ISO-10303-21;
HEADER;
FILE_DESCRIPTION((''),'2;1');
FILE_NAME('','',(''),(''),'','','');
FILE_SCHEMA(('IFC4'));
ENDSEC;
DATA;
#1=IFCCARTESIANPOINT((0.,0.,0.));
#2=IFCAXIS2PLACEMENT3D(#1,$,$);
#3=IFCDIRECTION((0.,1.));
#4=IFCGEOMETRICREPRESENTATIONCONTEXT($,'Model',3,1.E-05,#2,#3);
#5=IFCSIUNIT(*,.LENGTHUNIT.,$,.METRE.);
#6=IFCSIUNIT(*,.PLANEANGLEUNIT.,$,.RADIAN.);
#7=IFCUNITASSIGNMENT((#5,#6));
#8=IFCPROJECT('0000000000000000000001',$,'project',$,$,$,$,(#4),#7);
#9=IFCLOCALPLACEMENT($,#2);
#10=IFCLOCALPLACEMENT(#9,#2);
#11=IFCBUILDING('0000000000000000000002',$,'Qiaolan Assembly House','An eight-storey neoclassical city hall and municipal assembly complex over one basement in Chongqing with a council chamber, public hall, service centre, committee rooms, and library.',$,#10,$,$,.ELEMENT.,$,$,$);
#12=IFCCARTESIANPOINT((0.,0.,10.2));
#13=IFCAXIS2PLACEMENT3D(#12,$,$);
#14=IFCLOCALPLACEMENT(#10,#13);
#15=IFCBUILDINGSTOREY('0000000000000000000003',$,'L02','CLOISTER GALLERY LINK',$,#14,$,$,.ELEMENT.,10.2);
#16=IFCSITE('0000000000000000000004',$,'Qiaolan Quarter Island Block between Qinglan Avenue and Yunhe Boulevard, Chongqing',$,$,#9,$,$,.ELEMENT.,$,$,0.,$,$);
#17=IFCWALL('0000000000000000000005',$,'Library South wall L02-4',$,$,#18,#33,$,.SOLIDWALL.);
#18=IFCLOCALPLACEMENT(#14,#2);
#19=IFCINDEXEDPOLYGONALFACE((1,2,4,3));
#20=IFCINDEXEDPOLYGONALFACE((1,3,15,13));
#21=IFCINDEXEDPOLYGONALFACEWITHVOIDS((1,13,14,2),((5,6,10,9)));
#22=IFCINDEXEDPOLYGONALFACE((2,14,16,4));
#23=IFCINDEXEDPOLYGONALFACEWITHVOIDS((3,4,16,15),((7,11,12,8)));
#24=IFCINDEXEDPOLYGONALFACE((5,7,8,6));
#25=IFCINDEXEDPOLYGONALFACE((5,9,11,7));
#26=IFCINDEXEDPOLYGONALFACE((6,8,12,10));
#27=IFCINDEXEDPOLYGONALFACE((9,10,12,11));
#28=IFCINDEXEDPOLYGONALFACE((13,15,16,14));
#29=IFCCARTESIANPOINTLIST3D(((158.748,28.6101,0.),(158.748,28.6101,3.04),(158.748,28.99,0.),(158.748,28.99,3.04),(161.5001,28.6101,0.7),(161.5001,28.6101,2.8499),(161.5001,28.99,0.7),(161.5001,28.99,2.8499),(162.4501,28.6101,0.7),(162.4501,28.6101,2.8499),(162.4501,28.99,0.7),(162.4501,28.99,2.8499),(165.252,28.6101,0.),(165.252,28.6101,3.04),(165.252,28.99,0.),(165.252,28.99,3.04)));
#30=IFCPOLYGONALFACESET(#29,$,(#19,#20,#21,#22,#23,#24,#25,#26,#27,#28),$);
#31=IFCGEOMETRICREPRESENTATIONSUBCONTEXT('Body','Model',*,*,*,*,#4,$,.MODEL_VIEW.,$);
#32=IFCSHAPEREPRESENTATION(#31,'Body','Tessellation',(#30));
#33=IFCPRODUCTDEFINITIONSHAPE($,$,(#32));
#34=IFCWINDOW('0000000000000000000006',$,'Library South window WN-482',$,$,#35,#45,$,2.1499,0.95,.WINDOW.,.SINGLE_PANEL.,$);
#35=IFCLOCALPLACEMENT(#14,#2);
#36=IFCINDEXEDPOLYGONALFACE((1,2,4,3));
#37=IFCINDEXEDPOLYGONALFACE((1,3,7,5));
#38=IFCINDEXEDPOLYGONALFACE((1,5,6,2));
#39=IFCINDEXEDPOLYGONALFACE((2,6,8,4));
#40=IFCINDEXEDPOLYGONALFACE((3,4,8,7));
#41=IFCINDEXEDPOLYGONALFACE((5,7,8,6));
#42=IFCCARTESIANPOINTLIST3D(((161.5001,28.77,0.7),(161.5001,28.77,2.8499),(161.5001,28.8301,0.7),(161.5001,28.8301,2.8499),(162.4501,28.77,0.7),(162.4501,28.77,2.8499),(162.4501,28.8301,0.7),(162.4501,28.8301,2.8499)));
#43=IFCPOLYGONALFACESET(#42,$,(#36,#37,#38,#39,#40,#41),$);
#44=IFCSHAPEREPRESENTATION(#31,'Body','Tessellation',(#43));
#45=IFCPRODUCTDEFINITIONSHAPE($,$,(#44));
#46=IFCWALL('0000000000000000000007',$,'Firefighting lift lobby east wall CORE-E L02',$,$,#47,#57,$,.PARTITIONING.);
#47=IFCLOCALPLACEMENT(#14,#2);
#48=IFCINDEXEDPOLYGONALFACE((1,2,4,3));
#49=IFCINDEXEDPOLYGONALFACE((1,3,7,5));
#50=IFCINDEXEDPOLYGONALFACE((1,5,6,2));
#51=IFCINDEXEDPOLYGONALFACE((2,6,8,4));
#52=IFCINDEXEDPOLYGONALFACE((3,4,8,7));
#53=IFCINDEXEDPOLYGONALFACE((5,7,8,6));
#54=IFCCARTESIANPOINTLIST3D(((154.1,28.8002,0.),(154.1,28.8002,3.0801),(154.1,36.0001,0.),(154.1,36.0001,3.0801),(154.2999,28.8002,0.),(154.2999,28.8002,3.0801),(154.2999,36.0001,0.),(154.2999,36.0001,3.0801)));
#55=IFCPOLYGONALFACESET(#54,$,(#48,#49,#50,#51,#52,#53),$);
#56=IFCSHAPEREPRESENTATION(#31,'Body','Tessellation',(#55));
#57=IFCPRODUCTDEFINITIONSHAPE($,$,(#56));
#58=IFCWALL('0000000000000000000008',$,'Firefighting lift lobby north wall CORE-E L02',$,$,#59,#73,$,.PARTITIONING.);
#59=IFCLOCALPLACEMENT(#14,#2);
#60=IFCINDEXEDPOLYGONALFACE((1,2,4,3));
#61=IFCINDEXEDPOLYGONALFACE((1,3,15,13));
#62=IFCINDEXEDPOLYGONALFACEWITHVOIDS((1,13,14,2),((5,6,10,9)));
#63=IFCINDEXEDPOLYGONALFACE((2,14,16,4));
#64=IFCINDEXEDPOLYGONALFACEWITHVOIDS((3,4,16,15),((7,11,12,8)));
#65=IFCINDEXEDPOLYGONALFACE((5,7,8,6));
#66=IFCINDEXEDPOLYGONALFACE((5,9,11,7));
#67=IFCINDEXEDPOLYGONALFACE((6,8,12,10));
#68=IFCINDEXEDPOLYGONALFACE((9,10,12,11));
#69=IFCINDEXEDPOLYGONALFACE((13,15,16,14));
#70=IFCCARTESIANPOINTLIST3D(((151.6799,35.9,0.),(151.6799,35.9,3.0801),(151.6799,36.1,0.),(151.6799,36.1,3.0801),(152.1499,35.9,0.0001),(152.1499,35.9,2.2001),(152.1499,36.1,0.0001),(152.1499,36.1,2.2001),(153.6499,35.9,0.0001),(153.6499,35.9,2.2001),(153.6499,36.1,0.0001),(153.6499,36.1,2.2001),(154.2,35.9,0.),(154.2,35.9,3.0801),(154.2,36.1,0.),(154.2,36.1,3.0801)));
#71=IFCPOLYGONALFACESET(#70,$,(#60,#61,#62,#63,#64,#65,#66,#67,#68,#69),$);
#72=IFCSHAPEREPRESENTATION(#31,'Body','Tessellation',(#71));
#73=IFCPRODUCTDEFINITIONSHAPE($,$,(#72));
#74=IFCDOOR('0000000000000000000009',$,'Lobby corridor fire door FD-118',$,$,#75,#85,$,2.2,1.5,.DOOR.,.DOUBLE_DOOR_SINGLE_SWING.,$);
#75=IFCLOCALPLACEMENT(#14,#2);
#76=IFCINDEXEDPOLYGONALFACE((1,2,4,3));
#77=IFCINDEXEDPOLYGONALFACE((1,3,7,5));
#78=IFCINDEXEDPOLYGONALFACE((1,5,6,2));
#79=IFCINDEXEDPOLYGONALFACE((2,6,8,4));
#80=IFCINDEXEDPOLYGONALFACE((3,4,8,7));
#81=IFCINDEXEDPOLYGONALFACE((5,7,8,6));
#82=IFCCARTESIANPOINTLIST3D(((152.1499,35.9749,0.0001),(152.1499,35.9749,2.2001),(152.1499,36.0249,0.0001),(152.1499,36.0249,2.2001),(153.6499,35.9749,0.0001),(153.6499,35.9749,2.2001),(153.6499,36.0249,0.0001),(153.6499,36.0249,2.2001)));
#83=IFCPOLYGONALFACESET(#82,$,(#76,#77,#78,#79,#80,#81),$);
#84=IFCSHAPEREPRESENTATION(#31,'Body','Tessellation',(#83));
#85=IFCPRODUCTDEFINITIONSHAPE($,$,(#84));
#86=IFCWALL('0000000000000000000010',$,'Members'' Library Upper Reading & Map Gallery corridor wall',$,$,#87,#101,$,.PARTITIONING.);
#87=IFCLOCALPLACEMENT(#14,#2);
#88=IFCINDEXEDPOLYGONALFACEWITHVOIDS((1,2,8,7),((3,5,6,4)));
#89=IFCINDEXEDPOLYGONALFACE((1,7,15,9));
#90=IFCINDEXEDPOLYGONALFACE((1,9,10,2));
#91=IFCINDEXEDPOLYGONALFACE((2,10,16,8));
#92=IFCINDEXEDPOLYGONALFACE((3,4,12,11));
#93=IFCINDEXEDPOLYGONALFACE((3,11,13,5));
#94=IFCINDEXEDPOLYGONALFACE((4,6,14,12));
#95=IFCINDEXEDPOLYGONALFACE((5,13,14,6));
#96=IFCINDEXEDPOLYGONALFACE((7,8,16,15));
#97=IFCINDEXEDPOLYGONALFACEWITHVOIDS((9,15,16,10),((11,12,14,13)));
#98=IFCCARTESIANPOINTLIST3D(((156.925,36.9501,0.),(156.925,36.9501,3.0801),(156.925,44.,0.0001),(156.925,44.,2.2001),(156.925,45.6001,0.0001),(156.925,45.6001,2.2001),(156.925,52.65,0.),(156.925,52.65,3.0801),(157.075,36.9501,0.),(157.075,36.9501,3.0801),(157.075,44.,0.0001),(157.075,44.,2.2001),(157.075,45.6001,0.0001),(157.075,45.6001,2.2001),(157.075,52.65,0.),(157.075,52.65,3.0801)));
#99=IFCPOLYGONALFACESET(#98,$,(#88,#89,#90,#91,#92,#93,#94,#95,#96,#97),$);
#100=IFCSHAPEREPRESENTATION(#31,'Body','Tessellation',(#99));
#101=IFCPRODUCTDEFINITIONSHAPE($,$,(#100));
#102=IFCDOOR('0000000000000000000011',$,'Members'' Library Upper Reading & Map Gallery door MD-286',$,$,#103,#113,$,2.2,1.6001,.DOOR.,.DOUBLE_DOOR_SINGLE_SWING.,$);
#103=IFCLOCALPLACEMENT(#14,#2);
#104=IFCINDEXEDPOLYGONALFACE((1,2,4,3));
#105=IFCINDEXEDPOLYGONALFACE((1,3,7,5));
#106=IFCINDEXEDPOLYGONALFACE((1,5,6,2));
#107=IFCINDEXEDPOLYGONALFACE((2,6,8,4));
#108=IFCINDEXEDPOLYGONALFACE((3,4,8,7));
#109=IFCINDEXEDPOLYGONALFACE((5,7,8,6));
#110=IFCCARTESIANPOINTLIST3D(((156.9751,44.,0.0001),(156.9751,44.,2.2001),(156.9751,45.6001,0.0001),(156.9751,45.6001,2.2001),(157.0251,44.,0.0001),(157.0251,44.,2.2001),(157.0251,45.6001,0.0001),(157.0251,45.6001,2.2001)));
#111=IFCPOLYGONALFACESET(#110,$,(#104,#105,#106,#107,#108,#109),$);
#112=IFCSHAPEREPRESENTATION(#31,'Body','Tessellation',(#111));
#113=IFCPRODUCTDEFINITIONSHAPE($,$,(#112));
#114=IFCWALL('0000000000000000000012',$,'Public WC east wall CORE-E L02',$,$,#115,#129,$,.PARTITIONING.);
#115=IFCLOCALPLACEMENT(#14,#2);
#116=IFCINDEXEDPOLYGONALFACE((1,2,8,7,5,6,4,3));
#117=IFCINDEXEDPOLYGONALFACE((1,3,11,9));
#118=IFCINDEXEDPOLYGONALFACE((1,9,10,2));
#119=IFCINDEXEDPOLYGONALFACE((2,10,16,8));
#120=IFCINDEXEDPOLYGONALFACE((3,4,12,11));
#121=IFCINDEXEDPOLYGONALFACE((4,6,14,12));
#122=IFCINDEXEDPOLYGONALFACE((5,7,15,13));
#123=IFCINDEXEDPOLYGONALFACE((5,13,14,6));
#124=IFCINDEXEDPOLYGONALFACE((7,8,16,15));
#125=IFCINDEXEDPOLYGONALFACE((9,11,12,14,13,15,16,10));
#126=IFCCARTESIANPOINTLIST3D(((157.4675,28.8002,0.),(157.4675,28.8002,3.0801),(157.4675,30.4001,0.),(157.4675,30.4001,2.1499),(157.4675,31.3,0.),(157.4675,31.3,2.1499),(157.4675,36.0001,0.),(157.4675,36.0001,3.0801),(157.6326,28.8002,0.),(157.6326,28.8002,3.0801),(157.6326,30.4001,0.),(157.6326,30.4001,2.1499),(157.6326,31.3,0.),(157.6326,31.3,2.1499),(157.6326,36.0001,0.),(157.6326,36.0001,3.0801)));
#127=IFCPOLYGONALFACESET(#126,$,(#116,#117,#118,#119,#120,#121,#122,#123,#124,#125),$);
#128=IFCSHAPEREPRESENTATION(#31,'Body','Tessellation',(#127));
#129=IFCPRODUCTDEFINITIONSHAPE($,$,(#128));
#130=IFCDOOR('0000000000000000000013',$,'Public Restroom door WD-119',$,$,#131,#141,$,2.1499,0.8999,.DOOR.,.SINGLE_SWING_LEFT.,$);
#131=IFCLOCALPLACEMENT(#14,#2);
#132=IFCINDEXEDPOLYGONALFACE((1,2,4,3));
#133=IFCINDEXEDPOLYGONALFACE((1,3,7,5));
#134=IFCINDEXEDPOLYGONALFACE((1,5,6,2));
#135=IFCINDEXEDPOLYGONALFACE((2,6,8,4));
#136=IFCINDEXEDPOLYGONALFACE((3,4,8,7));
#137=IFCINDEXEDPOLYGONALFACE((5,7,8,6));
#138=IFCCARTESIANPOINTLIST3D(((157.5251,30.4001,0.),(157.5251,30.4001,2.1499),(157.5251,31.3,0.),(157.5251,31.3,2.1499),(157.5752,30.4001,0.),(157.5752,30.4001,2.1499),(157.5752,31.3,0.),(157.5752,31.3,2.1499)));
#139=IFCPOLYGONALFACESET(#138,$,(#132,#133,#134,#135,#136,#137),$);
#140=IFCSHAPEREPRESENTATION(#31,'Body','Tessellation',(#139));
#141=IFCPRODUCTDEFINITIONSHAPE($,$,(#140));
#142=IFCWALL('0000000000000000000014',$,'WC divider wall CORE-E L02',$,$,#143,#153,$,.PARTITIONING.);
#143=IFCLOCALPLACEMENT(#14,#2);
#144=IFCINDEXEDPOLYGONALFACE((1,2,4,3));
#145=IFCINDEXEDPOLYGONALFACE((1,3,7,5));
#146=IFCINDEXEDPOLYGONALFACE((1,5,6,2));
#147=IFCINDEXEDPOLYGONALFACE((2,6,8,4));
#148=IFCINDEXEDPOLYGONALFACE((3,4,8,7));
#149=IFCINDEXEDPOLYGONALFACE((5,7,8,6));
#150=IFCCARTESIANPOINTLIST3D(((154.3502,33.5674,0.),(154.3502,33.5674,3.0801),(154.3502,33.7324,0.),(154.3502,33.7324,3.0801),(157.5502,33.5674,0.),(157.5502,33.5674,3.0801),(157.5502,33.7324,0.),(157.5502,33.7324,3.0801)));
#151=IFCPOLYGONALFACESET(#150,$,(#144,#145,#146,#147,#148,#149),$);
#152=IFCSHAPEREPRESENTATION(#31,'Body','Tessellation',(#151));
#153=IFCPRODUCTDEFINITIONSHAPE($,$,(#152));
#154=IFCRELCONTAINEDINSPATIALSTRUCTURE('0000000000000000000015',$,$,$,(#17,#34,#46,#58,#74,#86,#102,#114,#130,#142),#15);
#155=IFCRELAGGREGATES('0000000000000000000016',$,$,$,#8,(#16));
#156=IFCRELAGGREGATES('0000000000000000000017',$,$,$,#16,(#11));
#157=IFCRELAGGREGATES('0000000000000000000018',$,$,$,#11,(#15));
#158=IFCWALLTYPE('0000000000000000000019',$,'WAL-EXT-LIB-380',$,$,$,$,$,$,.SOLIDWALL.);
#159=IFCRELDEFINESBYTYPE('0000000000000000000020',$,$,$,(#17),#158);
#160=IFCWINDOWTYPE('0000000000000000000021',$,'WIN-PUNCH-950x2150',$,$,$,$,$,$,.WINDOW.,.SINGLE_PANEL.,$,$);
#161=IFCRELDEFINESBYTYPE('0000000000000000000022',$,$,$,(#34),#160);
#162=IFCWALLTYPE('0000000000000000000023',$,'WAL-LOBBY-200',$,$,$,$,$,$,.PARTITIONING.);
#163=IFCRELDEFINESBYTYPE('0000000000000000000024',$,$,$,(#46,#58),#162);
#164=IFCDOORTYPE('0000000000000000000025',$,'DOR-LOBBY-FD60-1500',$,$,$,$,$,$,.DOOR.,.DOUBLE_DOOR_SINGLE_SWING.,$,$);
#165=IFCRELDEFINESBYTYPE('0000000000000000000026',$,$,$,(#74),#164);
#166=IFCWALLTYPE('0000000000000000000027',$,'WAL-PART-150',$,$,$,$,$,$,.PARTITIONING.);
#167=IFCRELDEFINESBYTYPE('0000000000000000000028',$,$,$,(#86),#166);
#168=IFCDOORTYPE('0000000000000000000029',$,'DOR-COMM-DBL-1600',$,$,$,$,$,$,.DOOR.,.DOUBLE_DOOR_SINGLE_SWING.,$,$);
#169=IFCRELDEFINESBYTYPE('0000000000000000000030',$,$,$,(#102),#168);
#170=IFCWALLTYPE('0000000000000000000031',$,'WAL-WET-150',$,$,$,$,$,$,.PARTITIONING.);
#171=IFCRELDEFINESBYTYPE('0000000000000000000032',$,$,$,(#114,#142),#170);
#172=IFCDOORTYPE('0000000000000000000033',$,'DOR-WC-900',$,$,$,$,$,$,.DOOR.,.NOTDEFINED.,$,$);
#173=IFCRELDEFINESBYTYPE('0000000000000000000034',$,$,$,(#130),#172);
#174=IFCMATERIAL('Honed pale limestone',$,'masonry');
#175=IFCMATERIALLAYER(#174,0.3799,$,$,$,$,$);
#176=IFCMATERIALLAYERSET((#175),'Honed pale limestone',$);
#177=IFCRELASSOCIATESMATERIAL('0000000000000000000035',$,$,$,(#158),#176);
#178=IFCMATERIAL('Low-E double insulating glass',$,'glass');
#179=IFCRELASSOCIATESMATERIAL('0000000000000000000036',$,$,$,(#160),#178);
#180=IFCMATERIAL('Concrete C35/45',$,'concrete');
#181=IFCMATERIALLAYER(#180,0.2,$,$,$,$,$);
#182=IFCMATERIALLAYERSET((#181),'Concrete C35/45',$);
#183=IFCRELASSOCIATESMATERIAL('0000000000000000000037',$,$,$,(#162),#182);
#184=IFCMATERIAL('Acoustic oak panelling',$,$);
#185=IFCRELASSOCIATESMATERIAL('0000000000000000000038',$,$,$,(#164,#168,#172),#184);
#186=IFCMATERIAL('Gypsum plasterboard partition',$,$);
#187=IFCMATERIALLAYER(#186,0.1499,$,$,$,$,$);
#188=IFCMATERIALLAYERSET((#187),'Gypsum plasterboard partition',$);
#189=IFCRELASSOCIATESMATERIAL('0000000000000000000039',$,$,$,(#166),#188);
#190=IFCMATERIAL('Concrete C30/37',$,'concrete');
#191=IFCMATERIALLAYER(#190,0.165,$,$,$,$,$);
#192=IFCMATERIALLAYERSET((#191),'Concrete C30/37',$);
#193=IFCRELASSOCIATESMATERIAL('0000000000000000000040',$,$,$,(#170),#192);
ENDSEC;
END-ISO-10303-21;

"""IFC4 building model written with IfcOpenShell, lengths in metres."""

from ifc_helpers import new_model, si_unit, direction, frame, frame_2d, origin, place, context, subcontext, project, spatial, rectangle, extrude, material, layer, layer_set, type_object, element, fill, save


model = new_model("IFC4")

# Units and contexts
model_context = context("Model", 3, precision=1e-05, world=origin(), true_north=direction((0.0, 1.0)))
body_context = subcontext(model_context, "Body", "Model", "MODEL_VIEW")
ifc_project = project(units=[si_unit("LENGTHUNIT", "METRE"), si_unit("PLANEANGLEUNIT", "RADIAN")], contexts=[model_context])

# Site, building, storey
site_placement = place(None, origin())
site = spatial("IfcSite", under=ifc_project, at=site_placement, Name="Qiaolan Quarter Island Block between Qinglan Avenue and Yunhe Boulevard, Chongqing", CompositionType="ELEMENT", RefElevation=0.0)
building_placement = place(site_placement, origin())
building = spatial("IfcBuilding", under=site, at=building_placement, Name="Qiaolan Assembly House", Description="An eight-storey neoclassical city hall and municipal assembly complex over one basement in Chongqing with a council chamber, public hall, service centre, committee rooms, and library.", CompositionType="ELEMENT")
storey_placement = place(building_placement, frame((0.0, 0.0, 10.2)))
storey = spatial("IfcBuildingStorey", under=building, at=storey_placement, Name="L02", Description="CLOISTER GALLERY LINK", CompositionType="ELEMENT", Elevation=10.2)

# Wall, opening, window
ifc_material_1 = material(Name="Honed pale limestone", Category="masonry")
ifc_layer_1 = layer(ifc_material_1, 0.3799)
ifc_layer_set_1 = layer_set([ifc_layer_1], Name="Honed pale limestone")
wall_type_1 = type_object("IfcWallType", Name="WAL-EXT-LIB-380", PredefinedType="SOLIDWALL", material=ifc_layer_set_1)
wall_1_placement = place(storey_placement, frame((158.748, 28.8, 0.0), z_axis=(0.0, 0.0, 1.0), x_axis=(1.0, 0.0, 0.0)))
wall_1 = element("IfcWall", 1, at=wall_1_placement, inside=storey, type_object=wall_type_1, Name="Library South wall L02-4", PredefinedType="SOLIDWALL", context=body_context, shape_type="SweptSolid", body=[
    extrude(rectangle(XDim=6.5039, YDim=0.3799, at=frame_2d((3.252, 0.0))), origin(), (0.0, 0.0, 1.0), 3.04),
])
opening_1_placement = place(wall_1_placement, frame((2.752, 0.0, 0.7)))
opening_1 = element("IfcOpeningElement", 2, at=opening_1_placement, cuts=wall_1, PredefinedType="OPENING", context=body_context, shape_type="SweptSolid", body=[
    extrude(rectangle(XDim=0.95, YDim=2.1499, at=frame_2d((0.4751, 1.075))), frame((0.0, 0.2, 0.0), z_axis=(0.0, -1.0, 0.0), x_axis=(1.0, 0.0, 0.0)), (0.0, 0.0, 1.0), 0.3999),
])
ifc_material_2 = material(Name="Low-E double insulating glass", Category="glass")
window_type = type_object("IfcWindowType", Name="WIN-PUNCH-950x2150", PartitioningType="SINGLE_PANEL", PredefinedType="WINDOW", material=ifc_material_2)
window_placement = place(opening_1_placement, origin())
window = element("IfcWindow", 3, at=window_placement, inside=storey, type_object=window_type, Name="Library South window WN-482", OverallHeight=2.1499, OverallWidth=0.95, PartitioningType="SINGLE_PANEL", PredefinedType="WINDOW", context=body_context, shape_type="SweptSolid", body=[
    extrude(rectangle(XDim=0.95, YDim=2.1499, at=frame_2d((0.4751, 1.075))), frame((0.0, 0.03, 0.0), z_axis=(0.0, -1.0, 0.0), x_axis=(1.0, 0.0, 0.0)), (0.0, 0.0, 1.0), 0.0601),
])
fill(opening_1, window)

# Wall
ifc_material_3 = material(Name="Concrete C35/45", Category="concrete")
ifc_layer_2 = layer(ifc_material_3, 0.2)
ifc_layer_set_2 = layer_set([ifc_layer_2], Name="Concrete C35/45")
wall_type_2 = type_object("IfcWallType", Name="WAL-LOBBY-200", PredefinedType="PARTITIONING", material=ifc_layer_set_2)
wall_2_placement = place(storey_placement, frame((154.2, 28.8, 0.0), z_axis=(0.0, 0.0, 1.0), x_axis=(0.0, 1.0, 0.0)))
element("IfcWall", 4, at=wall_2_placement, inside=storey, type_object=wall_type_2, Name="Firefighting lift lobby east wall CORE-E L02", PredefinedType="PARTITIONING", context=body_context, shape_type="SweptSolid", body=[
    extrude(rectangle(XDim=7.2, YDim=0.2, at=frame_2d((3.6001, 0.0))), origin(), (0.0, 0.0, 1.0), 3.0801),
])

# Walls, openings, doors
wall_3_placement = place(storey_placement, frame((154.2, 36.0, 0.0), z_axis=(0.0, 0.0, 1.0), x_axis=(-1.0, 0.0, 0.0)))
wall_3 = element("IfcWall", 5, at=wall_3_placement, inside=storey, type_object=wall_type_2, Name="Firefighting lift lobby north wall CORE-E L02", PredefinedType="PARTITIONING", context=body_context, shape_type="SweptSolid", body=[
    extrude(rectangle(XDim=2.52, YDim=0.2, at=frame_2d((1.26, 0.0))), origin(), (0.0, 0.0, 1.0), 3.0801),
])
opening_2_placement = place(wall_3_placement, frame((0.55, 0.0, 0.0)))
opening_2 = element("IfcOpeningElement", 6, at=opening_2_placement, cuts=wall_3, PredefinedType="OPENING", context=body_context, shape_type="SweptSolid", body=[
    extrude(rectangle(XDim=1.5, YDim=2.2, at=frame_2d((0.75, 1.1001))), frame((0.0, 0.1099, 0.0), z_axis=(0.0, -1.0, 0.0), x_axis=(1.0, 0.0, 0.0)), (0.0, 0.0, 1.0), 0.22),
])
ifc_material_4 = material(Name="Acoustic oak panelling")
door_type_1 = type_object("IfcDoorType", Name="DOR-LOBBY-FD60-1500", OperationType="DOUBLE_DOOR_SINGLE_SWING", PredefinedType="DOOR", material=ifc_material_4)
door_1_placement = place(opening_2_placement, frame((1.5, 0.0, 0.0), z_axis=(0.0, 0.0, 1.0), x_axis=(-1.0, 0.0, 0.0)))
door_1 = element("IfcDoor", 7, at=door_1_placement, inside=storey, type_object=door_type_1, Name="Lobby corridor fire door FD-118", OperationType="DOUBLE_DOOR_SINGLE_SWING", OverallHeight=2.2, OverallWidth=1.5, PredefinedType="DOOR", context=body_context, shape_type="SweptSolid", body=[
    extrude(rectangle(XDim=1.5, YDim=2.2, at=frame_2d((0.75, 1.1001))), frame((0.0, 0.0249, 0.0), z_axis=(0.0, -1.0, 0.0), x_axis=(1.0, 0.0, 0.0)), (0.0, 0.0, 1.0), 0.05),
])
fill(opening_2, door_1)
ifc_material_5 = material(Name="Gypsum plasterboard partition")
ifc_layer_3 = layer(ifc_material_5, 0.1499)
ifc_layer_set_3 = layer_set([ifc_layer_3], Name="Gypsum plasterboard partition")
wall_type_3 = type_object("IfcWallType", Name="WAL-PART-150", PredefinedType="PARTITIONING", material=ifc_layer_set_3)
wall_4_placement = place(storey_placement, frame((157.0, 36.95, 0.0), z_axis=(0.0, 0.0, 1.0), x_axis=(0.0, 1.0, 0.0)))
wall_4 = element("IfcWall", 8, at=wall_4_placement, inside=storey, type_object=wall_type_3, Name="Members' Library Upper Reading & Map Gallery corridor wall", PredefinedType="PARTITIONING", context=body_context, shape_type="SweptSolid", body=[
    extrude(rectangle(XDim=15.7, YDim=0.1499, at=frame_2d((7.8501, 0.0))), origin(), (0.0, 0.0, 1.0), 3.0801),
])
opening_3_placement = place(wall_4_placement, frame((7.05, 0.0, 0.0)))
opening_3 = element("IfcOpeningElement", 9, at=opening_3_placement, cuts=wall_4, PredefinedType="OPENING", context=body_context, shape_type="SweptSolid", body=[
    extrude(rectangle(XDim=1.6001, YDim=2.2, at=frame_2d((0.8, 1.1001))), frame((0.0, 0.085, 0.0), z_axis=(0.0, -1.0, 0.0), x_axis=(1.0, 0.0, 0.0)), (0.0, 0.0, 1.0), 0.1699),
])
door_type_2 = type_object("IfcDoorType", Name="DOR-COMM-DBL-1600", OperationType="DOUBLE_DOOR_SINGLE_SWING", PredefinedType="DOOR", material=ifc_material_4)
door_2_placement = place(opening_3_placement, origin())
door_2 = element("IfcDoor", 10, at=door_2_placement, inside=storey, type_object=door_type_2, Name="Members' Library Upper Reading & Map Gallery door MD-286", OperationType="DOUBLE_DOOR_SINGLE_SWING", OverallHeight=2.2, OverallWidth=1.6001, PredefinedType="DOOR", context=body_context, shape_type="SweptSolid", body=[
    extrude(rectangle(XDim=1.6001, YDim=2.2, at=frame_2d((0.8, 1.1001))), frame((0.0, 0.0249, 0.0), z_axis=(0.0, -1.0, 0.0), x_axis=(1.0, 0.0, 0.0)), (0.0, 0.0, 1.0), 0.05),
])
fill(opening_3, door_2)
ifc_material_6 = material(Name="Concrete C30/37", Category="concrete")
ifc_layer_4 = layer(ifc_material_6, 0.165)
ifc_layer_set_4 = layer_set([ifc_layer_4], Name="Concrete C30/37")
wall_type_4 = type_object("IfcWallType", Name="WAL-WET-150", PredefinedType="PARTITIONING", material=ifc_layer_set_4)
wall_5_placement = place(storey_placement, frame((157.55, 28.8, 0.0), z_axis=(0.0, 0.0, 1.0), x_axis=(0.0, 1.0, 0.0)))
wall_5 = element("IfcWall", 11, at=wall_5_placement, inside=storey, type_object=wall_type_4, Name="Public WC east wall CORE-E L02", PredefinedType="PARTITIONING", context=body_context, shape_type="SweptSolid", body=[
    extrude(rectangle(XDim=7.2, YDim=0.165, at=frame_2d((3.6001, 0.0))), origin(), (0.0, 0.0, 1.0), 3.0801),
])
opening_4_placement = place(wall_5_placement, frame((1.6001, 0.0, 0.0)))
opening_4 = element("IfcOpeningElement", 12, at=opening_4_placement, cuts=wall_5, PredefinedType="OPENING", context=body_context, shape_type="SweptSolid", body=[
    extrude(rectangle(XDim=0.8999, YDim=2.1499, at=frame_2d((0.45, 1.075))), frame((0.0, 0.0925, 0.0), z_axis=(0.0, -1.0, 0.0), x_axis=(1.0, 0.0, 0.0)), (0.0, 0.0, 1.0), 0.1851),
])
door_type_3 = type_object("IfcDoorType", Name="DOR-WC-900", OperationType="NOTDEFINED", PredefinedType="DOOR", material=ifc_material_4)
door_3_placement = place(opening_4_placement, origin())
door_3 = element("IfcDoor", 13, at=door_3_placement, inside=storey, type_object=door_type_3, Name="Public Restroom door WD-119", OperationType="SINGLE_SWING_LEFT", OverallHeight=2.1499, OverallWidth=0.8999, PredefinedType="DOOR", context=body_context, shape_type="SweptSolid", body=[
    extrude(rectangle(XDim=0.8999, YDim=2.1499, at=frame_2d((0.45, 1.075))), frame((0.0, 0.0249, 0.0), z_axis=(0.0, -1.0, 0.0), x_axis=(1.0, 0.0, 0.0)), (0.0, 0.0, 1.0), 0.05),
])
fill(opening_4, door_3)

# Wall
wall_6_placement = place(storey_placement, frame((154.3501, 33.6499, 0.0), z_axis=(0.0, 0.0, 1.0), x_axis=(1.0, 0.0, 0.0)))
element("IfcWall", 14, at=wall_6_placement, inside=storey, type_object=wall_type_4, Name="WC divider wall CORE-E L02", PredefinedType="PARTITIONING", context=body_context, shape_type="SweptSolid", body=[
    extrude(rectangle(XDim=3.2, YDim=0.165, at=frame_2d((1.6001, 0.0))), origin(), (0.0, 0.0, 1.0), 3.0801),
])

save(model, "model.ifc")
